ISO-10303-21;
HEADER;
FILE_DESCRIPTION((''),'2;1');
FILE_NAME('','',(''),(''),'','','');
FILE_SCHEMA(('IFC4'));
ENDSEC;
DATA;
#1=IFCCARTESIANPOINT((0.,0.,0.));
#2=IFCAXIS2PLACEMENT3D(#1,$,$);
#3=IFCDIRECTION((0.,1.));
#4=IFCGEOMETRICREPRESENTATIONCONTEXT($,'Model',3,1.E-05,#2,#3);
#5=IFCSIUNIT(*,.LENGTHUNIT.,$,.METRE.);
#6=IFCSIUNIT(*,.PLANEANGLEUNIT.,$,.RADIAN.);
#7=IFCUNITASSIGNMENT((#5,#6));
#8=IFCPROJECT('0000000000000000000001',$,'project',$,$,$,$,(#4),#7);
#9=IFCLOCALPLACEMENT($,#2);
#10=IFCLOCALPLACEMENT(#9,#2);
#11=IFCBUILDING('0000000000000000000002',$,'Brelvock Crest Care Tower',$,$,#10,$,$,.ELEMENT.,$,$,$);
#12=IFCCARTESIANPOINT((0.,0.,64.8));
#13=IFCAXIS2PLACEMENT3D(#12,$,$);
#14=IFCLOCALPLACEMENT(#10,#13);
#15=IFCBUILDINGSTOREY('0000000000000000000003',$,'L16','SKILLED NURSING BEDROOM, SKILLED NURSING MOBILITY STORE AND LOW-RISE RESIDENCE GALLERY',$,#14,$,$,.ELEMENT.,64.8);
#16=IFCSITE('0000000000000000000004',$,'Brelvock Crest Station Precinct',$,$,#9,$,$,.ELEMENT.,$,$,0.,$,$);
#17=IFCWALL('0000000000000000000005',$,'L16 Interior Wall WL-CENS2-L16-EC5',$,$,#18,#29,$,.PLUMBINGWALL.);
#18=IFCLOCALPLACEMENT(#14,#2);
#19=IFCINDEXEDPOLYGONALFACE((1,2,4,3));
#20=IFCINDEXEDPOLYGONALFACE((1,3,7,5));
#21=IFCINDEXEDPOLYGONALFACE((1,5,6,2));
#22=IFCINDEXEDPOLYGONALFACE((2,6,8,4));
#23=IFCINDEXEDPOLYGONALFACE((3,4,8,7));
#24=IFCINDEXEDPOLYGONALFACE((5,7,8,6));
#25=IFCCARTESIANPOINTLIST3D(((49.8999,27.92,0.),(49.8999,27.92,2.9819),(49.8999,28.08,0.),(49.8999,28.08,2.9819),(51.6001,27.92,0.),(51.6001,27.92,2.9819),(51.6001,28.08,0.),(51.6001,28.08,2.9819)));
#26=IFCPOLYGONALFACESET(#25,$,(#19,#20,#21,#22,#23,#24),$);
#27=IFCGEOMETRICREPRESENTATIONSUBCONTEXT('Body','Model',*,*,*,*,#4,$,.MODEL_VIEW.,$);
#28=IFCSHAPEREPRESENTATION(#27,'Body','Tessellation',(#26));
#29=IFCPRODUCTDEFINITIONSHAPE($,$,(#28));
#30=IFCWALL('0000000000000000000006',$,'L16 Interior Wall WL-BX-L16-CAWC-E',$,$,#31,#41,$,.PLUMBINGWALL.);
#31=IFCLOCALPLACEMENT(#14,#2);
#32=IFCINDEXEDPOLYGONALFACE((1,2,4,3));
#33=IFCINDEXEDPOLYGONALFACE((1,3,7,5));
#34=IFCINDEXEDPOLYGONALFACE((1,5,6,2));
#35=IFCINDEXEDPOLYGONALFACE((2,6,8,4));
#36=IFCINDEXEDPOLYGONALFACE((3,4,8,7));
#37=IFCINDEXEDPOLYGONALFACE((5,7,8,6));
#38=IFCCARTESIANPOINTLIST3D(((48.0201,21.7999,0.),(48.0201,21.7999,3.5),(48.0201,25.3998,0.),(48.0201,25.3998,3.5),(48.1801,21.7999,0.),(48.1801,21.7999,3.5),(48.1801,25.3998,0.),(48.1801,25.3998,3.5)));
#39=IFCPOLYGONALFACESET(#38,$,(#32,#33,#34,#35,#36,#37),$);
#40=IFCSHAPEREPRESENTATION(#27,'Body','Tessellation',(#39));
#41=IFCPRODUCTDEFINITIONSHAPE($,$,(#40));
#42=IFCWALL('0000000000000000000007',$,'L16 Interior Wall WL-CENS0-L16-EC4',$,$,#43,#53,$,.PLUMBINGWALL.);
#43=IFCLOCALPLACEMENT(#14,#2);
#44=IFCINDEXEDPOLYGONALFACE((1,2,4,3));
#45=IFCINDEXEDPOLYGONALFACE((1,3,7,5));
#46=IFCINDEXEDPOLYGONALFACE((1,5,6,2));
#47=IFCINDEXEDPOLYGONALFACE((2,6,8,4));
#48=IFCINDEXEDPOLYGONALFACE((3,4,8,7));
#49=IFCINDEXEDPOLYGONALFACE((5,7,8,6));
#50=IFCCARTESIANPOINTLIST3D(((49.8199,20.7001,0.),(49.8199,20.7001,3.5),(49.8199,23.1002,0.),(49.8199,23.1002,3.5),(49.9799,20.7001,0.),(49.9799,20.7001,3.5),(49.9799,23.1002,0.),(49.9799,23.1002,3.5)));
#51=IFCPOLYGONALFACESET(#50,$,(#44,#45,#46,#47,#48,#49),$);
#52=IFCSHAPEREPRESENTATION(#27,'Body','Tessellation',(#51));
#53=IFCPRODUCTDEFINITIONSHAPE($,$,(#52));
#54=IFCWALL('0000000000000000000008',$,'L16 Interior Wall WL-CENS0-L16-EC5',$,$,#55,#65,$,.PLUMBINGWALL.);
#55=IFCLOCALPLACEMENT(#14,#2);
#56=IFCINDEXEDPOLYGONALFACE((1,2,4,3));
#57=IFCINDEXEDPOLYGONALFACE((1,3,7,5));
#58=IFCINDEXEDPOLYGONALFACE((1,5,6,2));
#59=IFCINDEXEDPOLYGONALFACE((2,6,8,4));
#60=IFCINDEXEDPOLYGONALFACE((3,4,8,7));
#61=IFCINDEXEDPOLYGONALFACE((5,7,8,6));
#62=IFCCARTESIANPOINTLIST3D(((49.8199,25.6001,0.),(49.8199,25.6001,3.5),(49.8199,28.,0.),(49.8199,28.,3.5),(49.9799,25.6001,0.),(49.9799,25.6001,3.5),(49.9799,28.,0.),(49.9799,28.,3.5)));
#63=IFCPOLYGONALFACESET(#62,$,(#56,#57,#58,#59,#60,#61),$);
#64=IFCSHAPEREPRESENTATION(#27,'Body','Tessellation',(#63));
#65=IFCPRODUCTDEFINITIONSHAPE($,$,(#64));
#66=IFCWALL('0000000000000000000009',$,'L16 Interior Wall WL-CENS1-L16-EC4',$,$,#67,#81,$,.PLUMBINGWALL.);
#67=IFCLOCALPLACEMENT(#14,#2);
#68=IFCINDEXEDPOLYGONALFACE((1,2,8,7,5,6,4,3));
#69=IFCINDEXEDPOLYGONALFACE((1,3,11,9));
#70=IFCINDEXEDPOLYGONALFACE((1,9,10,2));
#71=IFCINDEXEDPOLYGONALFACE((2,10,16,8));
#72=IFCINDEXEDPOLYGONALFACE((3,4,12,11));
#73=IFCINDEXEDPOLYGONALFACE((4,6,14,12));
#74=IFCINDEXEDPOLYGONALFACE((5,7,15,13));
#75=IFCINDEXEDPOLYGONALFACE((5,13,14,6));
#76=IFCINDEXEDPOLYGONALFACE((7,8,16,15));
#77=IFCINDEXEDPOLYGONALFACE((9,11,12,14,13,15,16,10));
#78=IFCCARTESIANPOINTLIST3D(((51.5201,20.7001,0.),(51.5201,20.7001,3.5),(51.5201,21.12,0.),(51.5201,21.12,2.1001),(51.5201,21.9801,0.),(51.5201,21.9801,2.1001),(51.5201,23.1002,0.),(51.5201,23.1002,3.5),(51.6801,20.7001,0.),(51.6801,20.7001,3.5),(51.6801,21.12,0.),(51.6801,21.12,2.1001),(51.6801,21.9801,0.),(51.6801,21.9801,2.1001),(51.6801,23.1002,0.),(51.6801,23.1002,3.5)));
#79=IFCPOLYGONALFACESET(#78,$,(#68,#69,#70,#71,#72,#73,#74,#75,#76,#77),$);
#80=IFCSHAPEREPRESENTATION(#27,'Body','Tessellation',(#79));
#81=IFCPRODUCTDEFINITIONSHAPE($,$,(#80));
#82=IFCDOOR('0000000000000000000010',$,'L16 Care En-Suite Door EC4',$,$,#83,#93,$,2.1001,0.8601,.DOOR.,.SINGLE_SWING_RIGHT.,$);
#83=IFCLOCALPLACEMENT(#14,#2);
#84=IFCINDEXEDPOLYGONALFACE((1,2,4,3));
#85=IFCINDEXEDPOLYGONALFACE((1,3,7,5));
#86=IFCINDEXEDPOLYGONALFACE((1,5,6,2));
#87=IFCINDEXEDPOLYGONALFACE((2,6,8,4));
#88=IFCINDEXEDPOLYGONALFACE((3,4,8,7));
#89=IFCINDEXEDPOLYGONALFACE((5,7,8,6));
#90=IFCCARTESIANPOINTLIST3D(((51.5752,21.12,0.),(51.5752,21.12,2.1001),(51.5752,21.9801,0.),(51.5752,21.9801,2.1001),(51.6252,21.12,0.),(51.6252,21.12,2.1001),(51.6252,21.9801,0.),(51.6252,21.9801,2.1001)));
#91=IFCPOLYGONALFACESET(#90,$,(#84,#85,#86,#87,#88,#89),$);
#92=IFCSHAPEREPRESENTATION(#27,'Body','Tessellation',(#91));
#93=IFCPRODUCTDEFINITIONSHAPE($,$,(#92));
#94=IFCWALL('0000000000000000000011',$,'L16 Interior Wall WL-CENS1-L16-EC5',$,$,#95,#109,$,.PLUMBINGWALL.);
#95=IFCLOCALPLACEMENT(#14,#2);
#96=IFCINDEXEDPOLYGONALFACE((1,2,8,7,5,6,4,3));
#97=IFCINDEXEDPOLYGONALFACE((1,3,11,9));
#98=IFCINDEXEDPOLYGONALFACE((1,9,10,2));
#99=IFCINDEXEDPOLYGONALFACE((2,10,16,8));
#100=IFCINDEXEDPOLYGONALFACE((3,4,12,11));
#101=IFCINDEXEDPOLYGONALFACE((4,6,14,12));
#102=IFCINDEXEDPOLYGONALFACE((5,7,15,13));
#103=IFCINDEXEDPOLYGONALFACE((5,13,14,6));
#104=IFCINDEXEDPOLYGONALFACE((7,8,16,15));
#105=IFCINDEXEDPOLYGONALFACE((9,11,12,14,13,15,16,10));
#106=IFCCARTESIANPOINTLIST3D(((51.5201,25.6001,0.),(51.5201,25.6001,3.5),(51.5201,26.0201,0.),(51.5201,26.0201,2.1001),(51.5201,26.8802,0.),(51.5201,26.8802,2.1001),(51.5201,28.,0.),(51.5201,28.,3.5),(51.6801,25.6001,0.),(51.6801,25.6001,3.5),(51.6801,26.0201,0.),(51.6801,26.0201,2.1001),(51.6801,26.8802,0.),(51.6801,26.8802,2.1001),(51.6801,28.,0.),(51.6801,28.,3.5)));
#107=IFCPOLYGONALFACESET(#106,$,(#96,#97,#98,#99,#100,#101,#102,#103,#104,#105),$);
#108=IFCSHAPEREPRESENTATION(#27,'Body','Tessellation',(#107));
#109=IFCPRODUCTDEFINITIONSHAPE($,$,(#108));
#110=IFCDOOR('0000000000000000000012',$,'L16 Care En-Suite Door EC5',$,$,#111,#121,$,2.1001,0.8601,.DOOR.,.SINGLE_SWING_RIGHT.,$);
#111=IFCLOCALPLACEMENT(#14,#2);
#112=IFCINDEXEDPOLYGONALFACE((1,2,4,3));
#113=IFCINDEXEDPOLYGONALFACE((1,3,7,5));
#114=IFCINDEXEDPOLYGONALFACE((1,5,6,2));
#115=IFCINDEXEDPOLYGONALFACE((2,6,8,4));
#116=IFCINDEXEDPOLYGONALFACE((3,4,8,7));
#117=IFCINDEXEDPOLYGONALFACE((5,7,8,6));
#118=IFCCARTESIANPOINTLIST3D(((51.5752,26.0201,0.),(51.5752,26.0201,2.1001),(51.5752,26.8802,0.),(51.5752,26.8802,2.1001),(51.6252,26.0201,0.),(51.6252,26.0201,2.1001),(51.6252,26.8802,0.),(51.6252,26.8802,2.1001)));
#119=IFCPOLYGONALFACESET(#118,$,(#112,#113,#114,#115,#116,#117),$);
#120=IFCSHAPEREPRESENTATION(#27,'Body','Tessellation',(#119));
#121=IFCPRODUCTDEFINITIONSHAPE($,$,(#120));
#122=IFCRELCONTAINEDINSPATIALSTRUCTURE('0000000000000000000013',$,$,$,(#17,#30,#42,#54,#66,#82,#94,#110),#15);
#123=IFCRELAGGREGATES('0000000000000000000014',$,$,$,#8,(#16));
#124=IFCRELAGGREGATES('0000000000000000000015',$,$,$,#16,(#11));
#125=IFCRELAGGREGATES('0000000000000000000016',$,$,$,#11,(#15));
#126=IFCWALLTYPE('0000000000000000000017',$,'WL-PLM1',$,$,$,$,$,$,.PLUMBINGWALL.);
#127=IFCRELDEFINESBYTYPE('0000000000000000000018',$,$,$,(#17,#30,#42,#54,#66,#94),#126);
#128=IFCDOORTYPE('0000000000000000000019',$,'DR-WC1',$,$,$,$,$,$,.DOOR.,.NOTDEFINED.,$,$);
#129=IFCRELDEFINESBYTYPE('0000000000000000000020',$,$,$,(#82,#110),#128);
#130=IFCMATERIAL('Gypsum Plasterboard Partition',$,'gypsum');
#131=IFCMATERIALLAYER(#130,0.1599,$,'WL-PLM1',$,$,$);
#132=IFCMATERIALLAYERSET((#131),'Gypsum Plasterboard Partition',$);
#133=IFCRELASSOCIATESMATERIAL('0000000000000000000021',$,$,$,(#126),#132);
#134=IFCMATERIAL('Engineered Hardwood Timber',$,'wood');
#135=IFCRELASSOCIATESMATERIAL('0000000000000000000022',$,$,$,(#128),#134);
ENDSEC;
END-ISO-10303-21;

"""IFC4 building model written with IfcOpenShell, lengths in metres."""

from ifc_helpers import new_model, si_unit, direction, frame, frame_2d, origin, origin_2d, place, context, subcontext, project, spatial, rectangle, extrude, source, transform, mapped, material, layer, layer_set, type_object, element, fill, save


model = new_model("IFC4")

# Units and contexts
model_context = context("Model", 3, precision=1e-05, world=origin(), true_north=direction((0.0, 1.0)))
body_context = subcontext(model_context, "Body", "Model", "MODEL_VIEW")
ifc_project = project(units=[si_unit("LENGTHUNIT", "METRE"), si_unit("PLANEANGLEUNIT", "RADIAN")], contexts=[model_context])

# Site, building, storey
site_placement = place(None, origin())
site = spatial("IfcSite", under=ifc_project, at=site_placement, Name="Brelvock Crest Station Precinct", CompositionType="ELEMENT", RefElevation=0.0)
building_placement = place(site_placement, origin())
building = spatial("IfcBuilding", under=site, at=building_placement, Name="Brelvock Crest Care Tower", CompositionType="ELEMENT")
storey_placement = place(building_placement, frame((0.0, 0.0, 64.8)))
storey = spatial("IfcBuildingStorey", under=building, at=storey_placement, Name="L16", Description="SKILLED NURSING BEDROOM, SKILLED NURSING MOBILITY STORE AND LOW-RISE RESIDENCE GALLERY", CompositionType="ELEMENT", Elevation=64.8)

# Shared definitions
ifc_material_1 = material(Name="Engineered Hardwood Timber", Category="wood")

# Walls
ifc_material_2 = material(Name="Gypsum Plasterboard Partition", Category="gypsum")
ifc_layer_1 = layer(ifc_material_2, 0.1599, Name="WL-PLM1")
ifc_layer_set_1 = layer_set([ifc_layer_1], Name="Gypsum Plasterboard Partition")
wall_type_1 = type_object("IfcWallType", Name="WL-PLM1", PredefinedType="PLUMBINGWALL", material=ifc_layer_set_1)
wall_1_placement = place(storey_placement, frame((49.8999, 28.0, 0.0), z_axis=(0.0, 0.0, 1.0), x_axis=(1.0, 0.0, 0.0)))
element("IfcWall", 1, at=wall_1_placement, inside=storey, type_object=wall_type_1, Name="L16 Interior Wall WL-CENS2-L16-EC5", PredefinedType="PLUMBINGWALL", context=body_context, shape_type="SweptSolid", body=[
    extrude(rectangle(XDim=1.7002, YDim=0.1599, at=frame_2d((0.8501, 0.0))), origin(), (0.0, 0.0, 1.0), 2.9819),
])
wall_2_placement = place(storey_placement, frame((48.1001, 21.8, 0.0), z_axis=(0.0, 0.0, 1.0), x_axis=(0.0, 1.0, 0.0)))
element("IfcWall", 2, at=wall_2_placement, inside=storey, type_object=wall_type_1, Name="L16 Interior Wall WL-BX-L16-CAWC-E", PredefinedType="PLUMBINGWALL", context=body_context, shape_type="SweptSolid", body=[
    extrude(rectangle(XDim=3.5999, YDim=0.1599, at=frame_2d((1.7998, 0.0))), origin(), (0.0, 0.0, 1.0), 3.5),
])
wall_3_placement = place(storey_placement, frame((49.8999, 20.7, 0.0), z_axis=(0.0, 0.0, 1.0), x_axis=(0.0, 1.0, 0.0)))
element("IfcWall", 3, at=wall_3_placement, inside=storey, type_object=wall_type_1, Name="L16 Interior Wall WL-CENS0-L16-EC4", PredefinedType="PLUMBINGWALL", context=body_context, shape_type="SweptSolid", body=[
    extrude(rectangle(XDim=2.4001, YDim=0.1599, at=frame_2d((1.2002, 0.0))), origin(), (0.0, 0.0, 1.0), 3.5),
])
wall_4_placement = place(storey_placement, frame((49.8999, 25.6001, 0.0), z_axis=(0.0, 0.0, 1.0), x_axis=(0.0, 1.0, 0.0)))
element("IfcWall", 4, at=wall_4_placement, inside=storey, type_object=wall_type_1, Name="L16 Interior Wall WL-CENS0-L16-EC5", PredefinedType="PLUMBINGWALL", context=body_context, shape_type="SweptSolid", body=[
    extrude(rectangle(XDim=2.3999, YDim=0.1599, at=frame_2d((1.2, 0.0))), origin(), (0.0, 0.0, 1.0), 3.5),
])

# Walls, openings, doors
wall_5_placement = place(storey_placement, frame((51.6001, 20.7, 0.0), z_axis=(0.0, 0.0, 1.0), x_axis=(0.0, 1.0, 0.0)))
wall_5 = element("IfcWall", 5, at=wall_5_placement, inside=storey, type_object=wall_type_1, Name="L16 Interior Wall WL-CENS1-L16-EC4", PredefinedType="PLUMBINGWALL", context=body_context, shape_type="SweptSolid", body=[
    extrude(rectangle(XDim=2.4001, YDim=0.1599, at=frame_2d((1.2002, 0.0))), origin(), (0.0, 0.0, 1.0), 3.5),
])
opening_1_placement = place(wall_5_placement, frame((0.4199, 0.0, 0.0)))
opening_1 = element("IfcOpeningElement", 6, at=opening_1_placement, cuts=wall_5, PredefinedType="OPENING", context=body_context, shape_type="SweptSolid", body=[
    extrude(rectangle(XDim=0.8601, YDim=2.1001, at=origin_2d()), frame((0.4302, 0.0898, 1.05), z_axis=(0.0, -1.0, 0.0), x_axis=(1.0, 0.0, 0.0)), (0.0, 0.0, 1.0), 0.1799),
])
door_type_1 = type_object("IfcDoorType", Name="DR-WC1", OperationType="NOTDEFINED", PredefinedType="DOOR", material=ifc_material_1)
shared_shape_1 = source(origin(), body_context, "Body", "SweptSolid", [
    extrude(rectangle(XDim=0.8601, YDim=2.1001, at=origin_2d()), frame((0.4302, 0.0249, 1.05), z_axis=(0.0, -1.0, 0.0), x_axis=(1.0, 0.0, 0.0)), (0.0, 0.0, 1.0), 0.05),
])
door_1_placement = place(opening_1_placement, origin())
door_1 = element("IfcDoor", 7, at=door_1_placement, inside=storey, type_object=door_type_1, Name="L16 Care En-Suite Door EC4", OperationType="SINGLE_SWING_RIGHT", OverallHeight=2.1001, OverallWidth=0.8601, PredefinedType="DOOR", context=body_context, shape_type="MappedRepresentation", body=[
    mapped(shared_shape_1, transform((0.0, 0.0, 0.0), x_axis=(1.0, 0.0, 0.0), y_axis=(0.0, 1.0, 0.0), z_axis=(0.0, 0.0, 1.0), scale=1.0)),
])
fill(opening_1, door_1)
wall_6_placement = place(storey_placement, frame((51.6001, 25.6001, 0.0), z_axis=(0.0, 0.0, 1.0), x_axis=(0.0, 1.0, 0.0)))
wall_6 = element("IfcWall", 8, at=wall_6_placement, inside=storey, type_object=wall_type_1, Name="L16 Interior Wall WL-CENS1-L16-EC5", PredefinedType="PLUMBINGWALL", context=body_context, shape_type="SweptSolid", body=[
    extrude(rectangle(XDim=2.3999, YDim=0.1599, at=frame_2d((1.2, 0.0))), origin(), (0.0, 0.0, 1.0), 3.5),
])
opening_2_placement = place(wall_6_placement, frame((0.4199, 0.0, 0.0)))
opening_2 = element("IfcOpeningElement", 9, at=opening_2_placement, cuts=wall_6, PredefinedType="OPENING", context=body_context, shape_type="SweptSolid", body=[
    extrude(rectangle(XDim=0.8601, YDim=2.1001, at=origin_2d()), frame((0.4302, 0.0898, 1.05), z_axis=(0.0, -1.0, 0.0), x_axis=(1.0, 0.0, 0.0)), (0.0, 0.0, 1.0), 0.1799),
])
door_2_placement = place(opening_2_placement, origin())
door_2 = element("IfcDoor", 10, at=door_2_placement, inside=storey, type_object=door_type_1, Name="L16 Care En-Suite Door EC5", OperationType="SINGLE_SWING_RIGHT", OverallHeight=2.1001, OverallWidth=0.8601, PredefinedType="DOOR", context=body_context, shape_type="MappedRepresentation", body=[
    mapped(shared_shape_1, transform((0.0, 0.0, 0.0), x_axis=(1.0, 0.0, 0.0), y_axis=(0.0, 1.0, 0.0), z_axis=(0.0, 0.0, 1.0), scale=1.0)),
])
fill(opening_2, door_2)

save(model, "model.ifc")
